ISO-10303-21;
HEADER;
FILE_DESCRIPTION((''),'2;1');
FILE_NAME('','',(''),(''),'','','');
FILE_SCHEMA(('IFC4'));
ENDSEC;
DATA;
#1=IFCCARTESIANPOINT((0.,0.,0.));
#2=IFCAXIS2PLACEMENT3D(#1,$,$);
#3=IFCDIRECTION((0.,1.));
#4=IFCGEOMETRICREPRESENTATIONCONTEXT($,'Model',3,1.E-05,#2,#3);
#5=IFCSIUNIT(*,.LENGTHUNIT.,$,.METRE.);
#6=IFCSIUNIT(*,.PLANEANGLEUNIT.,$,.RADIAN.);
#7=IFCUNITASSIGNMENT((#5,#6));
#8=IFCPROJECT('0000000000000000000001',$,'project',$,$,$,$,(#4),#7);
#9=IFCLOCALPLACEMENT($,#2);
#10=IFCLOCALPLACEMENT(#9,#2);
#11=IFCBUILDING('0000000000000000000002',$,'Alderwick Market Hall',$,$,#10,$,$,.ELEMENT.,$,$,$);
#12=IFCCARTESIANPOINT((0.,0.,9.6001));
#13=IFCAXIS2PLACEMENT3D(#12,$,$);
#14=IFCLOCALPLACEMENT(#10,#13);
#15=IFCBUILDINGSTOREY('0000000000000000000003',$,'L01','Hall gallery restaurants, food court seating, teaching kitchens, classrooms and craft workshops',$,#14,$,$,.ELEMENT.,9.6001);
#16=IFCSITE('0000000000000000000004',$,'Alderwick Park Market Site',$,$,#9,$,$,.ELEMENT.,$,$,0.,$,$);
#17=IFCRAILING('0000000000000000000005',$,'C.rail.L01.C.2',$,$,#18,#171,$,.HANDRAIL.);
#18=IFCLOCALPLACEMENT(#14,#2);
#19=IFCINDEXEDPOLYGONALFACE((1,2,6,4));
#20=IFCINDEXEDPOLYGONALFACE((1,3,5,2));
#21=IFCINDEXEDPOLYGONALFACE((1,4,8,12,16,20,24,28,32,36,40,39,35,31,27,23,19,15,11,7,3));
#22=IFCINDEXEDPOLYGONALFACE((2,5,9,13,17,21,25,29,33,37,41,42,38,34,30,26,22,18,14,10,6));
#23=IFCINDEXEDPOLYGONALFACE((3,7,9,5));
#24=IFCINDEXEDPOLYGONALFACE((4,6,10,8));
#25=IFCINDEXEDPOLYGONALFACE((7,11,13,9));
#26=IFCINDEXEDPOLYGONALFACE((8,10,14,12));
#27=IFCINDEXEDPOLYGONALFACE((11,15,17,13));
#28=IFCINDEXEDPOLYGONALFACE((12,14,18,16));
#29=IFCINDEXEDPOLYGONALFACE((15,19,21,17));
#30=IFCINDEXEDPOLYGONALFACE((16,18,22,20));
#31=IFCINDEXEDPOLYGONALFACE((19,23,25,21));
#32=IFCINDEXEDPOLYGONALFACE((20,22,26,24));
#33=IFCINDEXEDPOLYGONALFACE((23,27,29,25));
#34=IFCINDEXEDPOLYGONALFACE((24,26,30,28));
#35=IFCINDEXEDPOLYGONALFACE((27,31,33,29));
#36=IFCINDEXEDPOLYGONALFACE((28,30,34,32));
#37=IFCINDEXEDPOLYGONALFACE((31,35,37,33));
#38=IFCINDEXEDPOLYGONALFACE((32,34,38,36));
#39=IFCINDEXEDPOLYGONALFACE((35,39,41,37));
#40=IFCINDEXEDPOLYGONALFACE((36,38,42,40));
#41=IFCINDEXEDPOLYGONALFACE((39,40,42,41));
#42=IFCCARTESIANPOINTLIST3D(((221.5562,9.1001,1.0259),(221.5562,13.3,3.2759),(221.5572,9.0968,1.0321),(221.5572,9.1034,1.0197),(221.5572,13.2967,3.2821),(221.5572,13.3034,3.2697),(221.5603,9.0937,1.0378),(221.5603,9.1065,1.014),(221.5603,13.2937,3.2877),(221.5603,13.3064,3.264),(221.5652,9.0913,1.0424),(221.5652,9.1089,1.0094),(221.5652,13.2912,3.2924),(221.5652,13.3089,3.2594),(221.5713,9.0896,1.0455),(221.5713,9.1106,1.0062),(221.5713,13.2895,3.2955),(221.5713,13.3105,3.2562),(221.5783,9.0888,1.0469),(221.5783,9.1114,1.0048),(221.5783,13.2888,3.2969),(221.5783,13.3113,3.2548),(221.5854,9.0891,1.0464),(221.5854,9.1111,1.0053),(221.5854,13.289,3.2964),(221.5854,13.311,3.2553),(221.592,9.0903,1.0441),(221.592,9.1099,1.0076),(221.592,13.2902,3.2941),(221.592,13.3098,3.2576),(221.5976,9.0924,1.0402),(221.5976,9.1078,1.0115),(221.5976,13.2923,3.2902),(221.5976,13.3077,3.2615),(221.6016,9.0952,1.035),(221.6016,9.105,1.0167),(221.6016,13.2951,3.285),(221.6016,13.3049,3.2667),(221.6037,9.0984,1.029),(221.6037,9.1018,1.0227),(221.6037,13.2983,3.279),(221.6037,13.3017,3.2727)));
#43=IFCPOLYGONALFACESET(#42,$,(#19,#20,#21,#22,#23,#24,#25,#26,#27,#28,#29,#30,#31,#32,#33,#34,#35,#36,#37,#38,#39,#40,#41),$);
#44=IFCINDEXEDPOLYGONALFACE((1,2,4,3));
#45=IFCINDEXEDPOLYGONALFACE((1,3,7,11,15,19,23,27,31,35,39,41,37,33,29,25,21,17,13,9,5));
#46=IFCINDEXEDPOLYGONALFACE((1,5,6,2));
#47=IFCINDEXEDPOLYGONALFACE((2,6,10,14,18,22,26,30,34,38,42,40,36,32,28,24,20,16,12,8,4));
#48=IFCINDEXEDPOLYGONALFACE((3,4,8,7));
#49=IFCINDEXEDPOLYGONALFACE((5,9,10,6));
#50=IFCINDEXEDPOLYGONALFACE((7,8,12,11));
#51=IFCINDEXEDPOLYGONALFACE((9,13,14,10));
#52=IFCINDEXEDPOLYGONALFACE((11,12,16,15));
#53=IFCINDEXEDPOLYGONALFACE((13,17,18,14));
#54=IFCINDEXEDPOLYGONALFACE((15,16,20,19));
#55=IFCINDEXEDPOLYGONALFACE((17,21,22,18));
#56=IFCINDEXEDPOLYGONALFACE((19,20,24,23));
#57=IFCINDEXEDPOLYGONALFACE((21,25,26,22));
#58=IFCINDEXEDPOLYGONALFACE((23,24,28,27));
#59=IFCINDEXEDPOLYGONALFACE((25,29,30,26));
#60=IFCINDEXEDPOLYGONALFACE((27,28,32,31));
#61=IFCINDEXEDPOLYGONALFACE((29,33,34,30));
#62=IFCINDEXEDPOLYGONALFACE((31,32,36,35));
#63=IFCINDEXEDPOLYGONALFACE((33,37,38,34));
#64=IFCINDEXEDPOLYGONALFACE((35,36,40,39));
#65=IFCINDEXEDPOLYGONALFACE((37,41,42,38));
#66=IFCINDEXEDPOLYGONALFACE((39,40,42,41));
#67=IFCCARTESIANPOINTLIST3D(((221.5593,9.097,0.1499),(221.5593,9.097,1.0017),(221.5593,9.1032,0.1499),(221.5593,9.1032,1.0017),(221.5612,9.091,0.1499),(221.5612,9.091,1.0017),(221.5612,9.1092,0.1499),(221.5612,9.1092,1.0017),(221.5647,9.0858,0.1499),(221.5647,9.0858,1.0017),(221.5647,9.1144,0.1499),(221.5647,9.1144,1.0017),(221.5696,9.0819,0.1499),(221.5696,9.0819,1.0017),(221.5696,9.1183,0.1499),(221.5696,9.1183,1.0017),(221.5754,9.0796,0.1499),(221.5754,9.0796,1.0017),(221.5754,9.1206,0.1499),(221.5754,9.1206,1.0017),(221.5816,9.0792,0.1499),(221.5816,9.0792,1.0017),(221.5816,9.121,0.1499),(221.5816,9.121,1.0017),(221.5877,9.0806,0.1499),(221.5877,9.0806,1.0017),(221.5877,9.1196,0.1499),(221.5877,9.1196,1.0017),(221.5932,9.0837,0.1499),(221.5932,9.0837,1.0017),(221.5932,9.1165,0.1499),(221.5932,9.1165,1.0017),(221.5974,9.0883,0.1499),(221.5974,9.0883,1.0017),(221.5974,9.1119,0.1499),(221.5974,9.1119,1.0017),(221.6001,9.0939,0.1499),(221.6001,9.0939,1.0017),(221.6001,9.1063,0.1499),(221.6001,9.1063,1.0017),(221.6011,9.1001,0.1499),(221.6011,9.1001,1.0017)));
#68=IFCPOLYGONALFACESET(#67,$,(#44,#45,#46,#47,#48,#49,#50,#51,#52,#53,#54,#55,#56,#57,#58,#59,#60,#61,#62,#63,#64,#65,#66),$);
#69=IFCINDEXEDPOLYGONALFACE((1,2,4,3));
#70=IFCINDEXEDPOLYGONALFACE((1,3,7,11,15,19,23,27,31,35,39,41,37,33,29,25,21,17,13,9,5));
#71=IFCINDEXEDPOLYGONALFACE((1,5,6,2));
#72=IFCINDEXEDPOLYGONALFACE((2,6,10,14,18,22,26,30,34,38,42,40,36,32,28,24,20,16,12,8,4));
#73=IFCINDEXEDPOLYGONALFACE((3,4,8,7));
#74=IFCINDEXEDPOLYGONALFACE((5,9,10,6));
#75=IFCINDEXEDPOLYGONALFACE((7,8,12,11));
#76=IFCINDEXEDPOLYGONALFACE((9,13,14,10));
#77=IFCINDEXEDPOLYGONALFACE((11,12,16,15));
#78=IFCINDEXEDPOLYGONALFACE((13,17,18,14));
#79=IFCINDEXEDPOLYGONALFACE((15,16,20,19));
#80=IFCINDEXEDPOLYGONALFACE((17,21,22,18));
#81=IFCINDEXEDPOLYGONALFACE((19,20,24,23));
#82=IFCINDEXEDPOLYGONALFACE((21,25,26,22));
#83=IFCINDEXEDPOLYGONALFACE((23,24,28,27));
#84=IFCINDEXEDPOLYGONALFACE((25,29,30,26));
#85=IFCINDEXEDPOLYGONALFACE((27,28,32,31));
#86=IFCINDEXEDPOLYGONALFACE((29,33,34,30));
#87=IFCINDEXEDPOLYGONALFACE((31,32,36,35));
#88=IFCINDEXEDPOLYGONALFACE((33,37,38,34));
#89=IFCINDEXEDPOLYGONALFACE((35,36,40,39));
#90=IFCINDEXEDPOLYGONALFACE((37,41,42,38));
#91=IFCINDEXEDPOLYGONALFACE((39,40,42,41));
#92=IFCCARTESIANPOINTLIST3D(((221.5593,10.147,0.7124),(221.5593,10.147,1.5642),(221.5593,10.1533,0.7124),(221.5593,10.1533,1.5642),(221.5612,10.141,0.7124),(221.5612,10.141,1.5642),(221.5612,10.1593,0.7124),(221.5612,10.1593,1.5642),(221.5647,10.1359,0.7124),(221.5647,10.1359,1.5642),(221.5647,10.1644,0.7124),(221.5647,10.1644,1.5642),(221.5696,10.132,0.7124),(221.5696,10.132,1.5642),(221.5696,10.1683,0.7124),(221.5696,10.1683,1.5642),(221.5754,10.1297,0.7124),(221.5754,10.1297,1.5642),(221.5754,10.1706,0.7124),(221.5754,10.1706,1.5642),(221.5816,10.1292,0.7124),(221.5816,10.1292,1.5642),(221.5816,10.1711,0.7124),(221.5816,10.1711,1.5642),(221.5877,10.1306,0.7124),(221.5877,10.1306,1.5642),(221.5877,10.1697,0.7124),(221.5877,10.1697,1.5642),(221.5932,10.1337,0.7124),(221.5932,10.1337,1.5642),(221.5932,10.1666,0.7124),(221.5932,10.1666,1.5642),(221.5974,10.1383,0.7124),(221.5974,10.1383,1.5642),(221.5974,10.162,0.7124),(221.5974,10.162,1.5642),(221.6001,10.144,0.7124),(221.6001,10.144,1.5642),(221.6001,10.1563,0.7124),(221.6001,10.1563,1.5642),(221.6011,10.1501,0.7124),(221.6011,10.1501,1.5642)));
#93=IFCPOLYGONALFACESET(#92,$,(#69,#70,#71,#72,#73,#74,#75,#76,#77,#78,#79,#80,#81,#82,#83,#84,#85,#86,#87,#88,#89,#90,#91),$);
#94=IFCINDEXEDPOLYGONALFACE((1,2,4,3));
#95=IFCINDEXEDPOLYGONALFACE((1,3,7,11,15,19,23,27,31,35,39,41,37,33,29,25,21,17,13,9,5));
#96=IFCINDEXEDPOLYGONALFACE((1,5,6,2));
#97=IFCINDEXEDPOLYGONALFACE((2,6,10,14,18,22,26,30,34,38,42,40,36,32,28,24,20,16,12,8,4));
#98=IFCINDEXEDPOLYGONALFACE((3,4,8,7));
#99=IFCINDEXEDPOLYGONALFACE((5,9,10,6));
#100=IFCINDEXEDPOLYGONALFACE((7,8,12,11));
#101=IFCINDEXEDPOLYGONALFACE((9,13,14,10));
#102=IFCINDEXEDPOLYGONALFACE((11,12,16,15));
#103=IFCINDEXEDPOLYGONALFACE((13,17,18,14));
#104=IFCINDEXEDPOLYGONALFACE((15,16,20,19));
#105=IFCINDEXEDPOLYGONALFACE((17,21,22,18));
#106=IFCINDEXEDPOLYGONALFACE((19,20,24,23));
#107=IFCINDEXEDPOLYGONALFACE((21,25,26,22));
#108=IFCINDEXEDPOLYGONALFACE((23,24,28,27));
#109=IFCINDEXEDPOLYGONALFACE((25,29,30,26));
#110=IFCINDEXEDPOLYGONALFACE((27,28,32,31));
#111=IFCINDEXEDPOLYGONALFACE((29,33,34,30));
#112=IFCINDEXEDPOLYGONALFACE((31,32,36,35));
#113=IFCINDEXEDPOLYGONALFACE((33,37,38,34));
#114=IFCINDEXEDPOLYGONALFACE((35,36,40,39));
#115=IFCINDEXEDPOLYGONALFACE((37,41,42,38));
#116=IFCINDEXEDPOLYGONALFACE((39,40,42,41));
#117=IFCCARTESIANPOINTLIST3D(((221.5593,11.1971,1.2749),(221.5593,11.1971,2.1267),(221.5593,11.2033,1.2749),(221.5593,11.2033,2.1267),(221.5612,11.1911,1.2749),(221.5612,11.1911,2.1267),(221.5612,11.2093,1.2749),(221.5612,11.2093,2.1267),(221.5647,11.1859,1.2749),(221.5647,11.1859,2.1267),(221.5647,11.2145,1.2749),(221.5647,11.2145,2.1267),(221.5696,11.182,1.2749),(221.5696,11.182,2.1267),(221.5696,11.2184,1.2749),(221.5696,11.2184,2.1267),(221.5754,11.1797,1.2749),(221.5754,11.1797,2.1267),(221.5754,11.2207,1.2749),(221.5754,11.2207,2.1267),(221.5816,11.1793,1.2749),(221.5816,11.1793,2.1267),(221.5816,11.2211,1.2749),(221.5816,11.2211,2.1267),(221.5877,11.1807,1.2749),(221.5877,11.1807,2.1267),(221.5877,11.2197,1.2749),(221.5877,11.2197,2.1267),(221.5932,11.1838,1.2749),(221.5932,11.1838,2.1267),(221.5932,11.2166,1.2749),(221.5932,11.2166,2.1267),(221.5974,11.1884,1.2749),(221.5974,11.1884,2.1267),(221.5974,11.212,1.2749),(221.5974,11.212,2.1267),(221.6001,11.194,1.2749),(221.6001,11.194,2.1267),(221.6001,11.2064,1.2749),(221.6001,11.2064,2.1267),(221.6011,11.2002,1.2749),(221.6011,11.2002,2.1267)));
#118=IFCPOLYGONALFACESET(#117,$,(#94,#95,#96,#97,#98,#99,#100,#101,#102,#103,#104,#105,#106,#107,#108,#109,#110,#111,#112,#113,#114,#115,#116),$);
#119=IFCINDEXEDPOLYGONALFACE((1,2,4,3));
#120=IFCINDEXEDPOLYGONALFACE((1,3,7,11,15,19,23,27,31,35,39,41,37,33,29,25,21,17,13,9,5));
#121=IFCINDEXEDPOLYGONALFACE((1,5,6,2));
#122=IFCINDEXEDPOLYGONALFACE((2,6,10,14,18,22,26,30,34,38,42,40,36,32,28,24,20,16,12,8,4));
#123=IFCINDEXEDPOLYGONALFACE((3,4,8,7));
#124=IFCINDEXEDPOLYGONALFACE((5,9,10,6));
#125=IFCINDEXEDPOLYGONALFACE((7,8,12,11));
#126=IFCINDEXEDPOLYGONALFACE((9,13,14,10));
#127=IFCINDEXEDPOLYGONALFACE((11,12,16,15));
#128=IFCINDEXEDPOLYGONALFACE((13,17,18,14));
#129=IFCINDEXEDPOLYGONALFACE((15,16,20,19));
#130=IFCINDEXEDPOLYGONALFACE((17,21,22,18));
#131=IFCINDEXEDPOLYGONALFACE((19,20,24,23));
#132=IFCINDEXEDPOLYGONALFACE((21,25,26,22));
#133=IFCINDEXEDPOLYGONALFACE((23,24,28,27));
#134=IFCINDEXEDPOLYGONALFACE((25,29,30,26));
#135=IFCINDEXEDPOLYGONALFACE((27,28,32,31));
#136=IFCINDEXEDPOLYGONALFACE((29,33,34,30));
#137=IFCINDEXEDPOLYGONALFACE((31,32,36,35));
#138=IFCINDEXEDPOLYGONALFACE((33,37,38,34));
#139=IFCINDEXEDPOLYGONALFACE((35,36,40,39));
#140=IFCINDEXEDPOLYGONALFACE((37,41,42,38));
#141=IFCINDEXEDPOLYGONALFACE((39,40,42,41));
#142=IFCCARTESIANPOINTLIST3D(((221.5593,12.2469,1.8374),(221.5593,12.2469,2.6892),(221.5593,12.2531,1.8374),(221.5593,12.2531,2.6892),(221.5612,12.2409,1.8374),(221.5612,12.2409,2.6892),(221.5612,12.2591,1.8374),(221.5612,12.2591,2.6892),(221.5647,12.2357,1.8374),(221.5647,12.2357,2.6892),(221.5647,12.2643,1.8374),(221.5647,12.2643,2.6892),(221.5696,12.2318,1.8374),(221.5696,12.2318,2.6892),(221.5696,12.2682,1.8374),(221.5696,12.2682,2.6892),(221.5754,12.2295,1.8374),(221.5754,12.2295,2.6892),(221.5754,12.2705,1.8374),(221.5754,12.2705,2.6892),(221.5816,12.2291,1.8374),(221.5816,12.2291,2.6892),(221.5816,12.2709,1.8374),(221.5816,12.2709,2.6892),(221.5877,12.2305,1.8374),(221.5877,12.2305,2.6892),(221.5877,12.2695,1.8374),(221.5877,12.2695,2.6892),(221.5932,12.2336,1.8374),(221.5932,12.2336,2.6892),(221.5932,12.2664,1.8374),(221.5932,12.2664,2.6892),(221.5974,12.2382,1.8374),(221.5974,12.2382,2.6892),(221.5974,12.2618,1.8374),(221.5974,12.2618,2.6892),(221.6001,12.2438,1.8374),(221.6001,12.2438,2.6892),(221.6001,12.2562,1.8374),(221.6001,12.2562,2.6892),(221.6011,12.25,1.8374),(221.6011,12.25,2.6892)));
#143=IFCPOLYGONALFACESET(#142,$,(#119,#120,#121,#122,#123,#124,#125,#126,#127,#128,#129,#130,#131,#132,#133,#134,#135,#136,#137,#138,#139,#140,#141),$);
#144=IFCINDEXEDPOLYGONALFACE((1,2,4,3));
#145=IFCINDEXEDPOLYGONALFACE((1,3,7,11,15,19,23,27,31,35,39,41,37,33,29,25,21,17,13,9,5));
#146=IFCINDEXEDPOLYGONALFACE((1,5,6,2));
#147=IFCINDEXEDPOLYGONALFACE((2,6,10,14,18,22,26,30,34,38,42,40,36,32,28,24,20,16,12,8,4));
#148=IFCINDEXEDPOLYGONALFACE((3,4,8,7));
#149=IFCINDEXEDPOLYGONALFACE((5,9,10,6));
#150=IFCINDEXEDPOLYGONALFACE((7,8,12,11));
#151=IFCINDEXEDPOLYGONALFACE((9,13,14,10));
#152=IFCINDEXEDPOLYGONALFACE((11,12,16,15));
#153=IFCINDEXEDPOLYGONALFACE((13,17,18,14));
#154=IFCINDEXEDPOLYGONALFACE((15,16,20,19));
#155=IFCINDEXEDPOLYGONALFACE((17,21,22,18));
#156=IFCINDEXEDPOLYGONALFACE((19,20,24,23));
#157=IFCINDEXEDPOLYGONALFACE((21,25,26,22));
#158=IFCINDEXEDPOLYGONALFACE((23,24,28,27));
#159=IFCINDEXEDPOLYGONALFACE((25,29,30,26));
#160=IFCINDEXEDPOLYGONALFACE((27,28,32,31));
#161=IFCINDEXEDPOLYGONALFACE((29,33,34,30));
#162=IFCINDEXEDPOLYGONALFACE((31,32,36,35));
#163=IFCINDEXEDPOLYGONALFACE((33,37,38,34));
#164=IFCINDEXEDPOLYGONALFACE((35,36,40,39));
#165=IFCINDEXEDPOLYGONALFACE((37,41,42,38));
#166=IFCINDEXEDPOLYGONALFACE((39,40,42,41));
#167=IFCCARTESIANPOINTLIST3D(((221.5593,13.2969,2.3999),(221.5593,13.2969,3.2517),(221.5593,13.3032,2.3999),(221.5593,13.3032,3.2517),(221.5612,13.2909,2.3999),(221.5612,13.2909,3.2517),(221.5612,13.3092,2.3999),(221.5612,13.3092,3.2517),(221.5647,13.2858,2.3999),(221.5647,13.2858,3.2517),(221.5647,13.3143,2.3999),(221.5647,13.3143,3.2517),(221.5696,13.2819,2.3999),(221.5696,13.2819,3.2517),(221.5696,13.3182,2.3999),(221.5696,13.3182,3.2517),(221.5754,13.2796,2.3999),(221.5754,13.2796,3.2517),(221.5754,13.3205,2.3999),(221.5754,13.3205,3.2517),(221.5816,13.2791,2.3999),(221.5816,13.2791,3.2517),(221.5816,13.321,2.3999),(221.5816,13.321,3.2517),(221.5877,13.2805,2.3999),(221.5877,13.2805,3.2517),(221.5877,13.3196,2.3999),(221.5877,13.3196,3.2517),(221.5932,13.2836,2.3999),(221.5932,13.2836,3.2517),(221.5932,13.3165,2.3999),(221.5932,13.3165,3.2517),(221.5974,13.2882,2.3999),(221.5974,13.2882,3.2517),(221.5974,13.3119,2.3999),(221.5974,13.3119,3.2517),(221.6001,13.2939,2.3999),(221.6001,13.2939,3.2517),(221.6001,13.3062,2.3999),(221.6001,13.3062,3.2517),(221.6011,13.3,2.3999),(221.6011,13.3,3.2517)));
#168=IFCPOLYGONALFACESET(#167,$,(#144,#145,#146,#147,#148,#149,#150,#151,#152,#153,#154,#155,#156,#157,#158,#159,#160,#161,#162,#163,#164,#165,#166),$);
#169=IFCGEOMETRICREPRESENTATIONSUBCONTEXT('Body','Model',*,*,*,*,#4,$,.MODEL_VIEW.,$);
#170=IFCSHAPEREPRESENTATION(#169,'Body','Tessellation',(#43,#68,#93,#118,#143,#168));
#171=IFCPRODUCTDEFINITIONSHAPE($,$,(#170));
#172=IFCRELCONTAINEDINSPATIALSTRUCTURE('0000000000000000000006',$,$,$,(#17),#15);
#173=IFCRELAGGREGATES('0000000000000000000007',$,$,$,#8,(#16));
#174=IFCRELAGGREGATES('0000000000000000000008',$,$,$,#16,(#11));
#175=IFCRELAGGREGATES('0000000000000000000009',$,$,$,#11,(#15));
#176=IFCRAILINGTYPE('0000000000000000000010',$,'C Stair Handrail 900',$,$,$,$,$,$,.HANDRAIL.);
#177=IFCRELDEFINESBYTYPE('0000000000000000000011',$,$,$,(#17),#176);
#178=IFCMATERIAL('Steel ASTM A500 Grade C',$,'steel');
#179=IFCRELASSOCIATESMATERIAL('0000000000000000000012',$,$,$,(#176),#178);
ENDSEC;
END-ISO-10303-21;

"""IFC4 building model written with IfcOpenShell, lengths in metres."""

from ifc_helpers import new_model, si_unit, direction, frame, origin, origin_2d, place, context, subcontext, project, spatial, circle, extrude, material, type_object, element, save


model = new_model("IFC4")

# Units and contexts
model_context = context("Model", 3, precision=1e-05, world=origin(), true_north=direction((0.0, 1.0)))
body_context = subcontext(model_context, "Body", "Model", "MODEL_VIEW")
ifc_project = project(units=[si_unit("LENGTHUNIT", "METRE"), si_unit("PLANEANGLEUNIT", "RADIAN")], contexts=[model_context])

# Site, building, storey
site_placement = place(None, origin())
site = spatial("IfcSite", under=ifc_project, at=site_placement, Name="Alderwick Park Market Site", CompositionType="ELEMENT", RefElevation=0.0)
building_placement = place(site_placement, origin())
building = spatial("IfcBuilding", under=site, at=building_placement, Name="Alderwick Market Hall", CompositionType="ELEMENT")
storey_placement = place(building_placement, frame((0.0, 0.0, 9.6001)))
storey = spatial("IfcBuildingStorey", under=building, at=storey_placement, Name="L01", Description="Hall gallery restaurants, food court seating, teaching kitchens, classrooms and craft workshops", CompositionType="ELEMENT", Elevation=9.6001)

# Railing
ifc_material_1 = material(Name="Steel ASTM A500 Grade C", Category="steel")
railing_type = type_object("IfcRailingType", Name="C Stair Handrail 900", PredefinedType="HANDRAIL", material=ifc_material_1)
for number, where, name in (
    (1, (221.5801, 9.1001, 0.1499), "C.rail.L01.C.2"),
):
    element("IfcRailing", number, at=place(storey_placement, frame(where)), inside=storey, type_object=railing_type, Name=name, PredefinedType="HANDRAIL", context=body_context, shape_type="SweptSolid", body=[
        extrude(circle(Radius=0.0239, at=origin_2d()), frame((0.0, 0.0, 0.876), z_axis=(0.0, 0.881478, 0.472226), x_axis=(-1.0, 0.0, 0.0)), (0.0, 0.0, 1.0), 4.7646),
        extrude(circle(Radius=0.021, at=origin_2d()), origin(), (0.0, 0.0, 1.0), 0.8518),
        extrude(circle(Radius=0.021, at=origin_2d()), frame((0.0, 1.05, 0.5625)), (0.0, 0.0, 1.0), 0.8518),
        extrude(circle(Radius=0.021, at=origin_2d()), frame((0.0, 2.1001, 1.125)), (0.0, 0.0, 1.0), 0.8518),
        extrude(circle(Radius=0.021, at=origin_2d()), frame((0.0, 3.1499, 1.6875)), (0.0, 0.0, 1.0), 0.8518),
        extrude(circle(Radius=0.021, at=origin_2d()), frame((0.0, 4.2, 2.25)), (0.0, 0.0, 1.0), 0.8518),
    ])

save(model, "model.ifc")
